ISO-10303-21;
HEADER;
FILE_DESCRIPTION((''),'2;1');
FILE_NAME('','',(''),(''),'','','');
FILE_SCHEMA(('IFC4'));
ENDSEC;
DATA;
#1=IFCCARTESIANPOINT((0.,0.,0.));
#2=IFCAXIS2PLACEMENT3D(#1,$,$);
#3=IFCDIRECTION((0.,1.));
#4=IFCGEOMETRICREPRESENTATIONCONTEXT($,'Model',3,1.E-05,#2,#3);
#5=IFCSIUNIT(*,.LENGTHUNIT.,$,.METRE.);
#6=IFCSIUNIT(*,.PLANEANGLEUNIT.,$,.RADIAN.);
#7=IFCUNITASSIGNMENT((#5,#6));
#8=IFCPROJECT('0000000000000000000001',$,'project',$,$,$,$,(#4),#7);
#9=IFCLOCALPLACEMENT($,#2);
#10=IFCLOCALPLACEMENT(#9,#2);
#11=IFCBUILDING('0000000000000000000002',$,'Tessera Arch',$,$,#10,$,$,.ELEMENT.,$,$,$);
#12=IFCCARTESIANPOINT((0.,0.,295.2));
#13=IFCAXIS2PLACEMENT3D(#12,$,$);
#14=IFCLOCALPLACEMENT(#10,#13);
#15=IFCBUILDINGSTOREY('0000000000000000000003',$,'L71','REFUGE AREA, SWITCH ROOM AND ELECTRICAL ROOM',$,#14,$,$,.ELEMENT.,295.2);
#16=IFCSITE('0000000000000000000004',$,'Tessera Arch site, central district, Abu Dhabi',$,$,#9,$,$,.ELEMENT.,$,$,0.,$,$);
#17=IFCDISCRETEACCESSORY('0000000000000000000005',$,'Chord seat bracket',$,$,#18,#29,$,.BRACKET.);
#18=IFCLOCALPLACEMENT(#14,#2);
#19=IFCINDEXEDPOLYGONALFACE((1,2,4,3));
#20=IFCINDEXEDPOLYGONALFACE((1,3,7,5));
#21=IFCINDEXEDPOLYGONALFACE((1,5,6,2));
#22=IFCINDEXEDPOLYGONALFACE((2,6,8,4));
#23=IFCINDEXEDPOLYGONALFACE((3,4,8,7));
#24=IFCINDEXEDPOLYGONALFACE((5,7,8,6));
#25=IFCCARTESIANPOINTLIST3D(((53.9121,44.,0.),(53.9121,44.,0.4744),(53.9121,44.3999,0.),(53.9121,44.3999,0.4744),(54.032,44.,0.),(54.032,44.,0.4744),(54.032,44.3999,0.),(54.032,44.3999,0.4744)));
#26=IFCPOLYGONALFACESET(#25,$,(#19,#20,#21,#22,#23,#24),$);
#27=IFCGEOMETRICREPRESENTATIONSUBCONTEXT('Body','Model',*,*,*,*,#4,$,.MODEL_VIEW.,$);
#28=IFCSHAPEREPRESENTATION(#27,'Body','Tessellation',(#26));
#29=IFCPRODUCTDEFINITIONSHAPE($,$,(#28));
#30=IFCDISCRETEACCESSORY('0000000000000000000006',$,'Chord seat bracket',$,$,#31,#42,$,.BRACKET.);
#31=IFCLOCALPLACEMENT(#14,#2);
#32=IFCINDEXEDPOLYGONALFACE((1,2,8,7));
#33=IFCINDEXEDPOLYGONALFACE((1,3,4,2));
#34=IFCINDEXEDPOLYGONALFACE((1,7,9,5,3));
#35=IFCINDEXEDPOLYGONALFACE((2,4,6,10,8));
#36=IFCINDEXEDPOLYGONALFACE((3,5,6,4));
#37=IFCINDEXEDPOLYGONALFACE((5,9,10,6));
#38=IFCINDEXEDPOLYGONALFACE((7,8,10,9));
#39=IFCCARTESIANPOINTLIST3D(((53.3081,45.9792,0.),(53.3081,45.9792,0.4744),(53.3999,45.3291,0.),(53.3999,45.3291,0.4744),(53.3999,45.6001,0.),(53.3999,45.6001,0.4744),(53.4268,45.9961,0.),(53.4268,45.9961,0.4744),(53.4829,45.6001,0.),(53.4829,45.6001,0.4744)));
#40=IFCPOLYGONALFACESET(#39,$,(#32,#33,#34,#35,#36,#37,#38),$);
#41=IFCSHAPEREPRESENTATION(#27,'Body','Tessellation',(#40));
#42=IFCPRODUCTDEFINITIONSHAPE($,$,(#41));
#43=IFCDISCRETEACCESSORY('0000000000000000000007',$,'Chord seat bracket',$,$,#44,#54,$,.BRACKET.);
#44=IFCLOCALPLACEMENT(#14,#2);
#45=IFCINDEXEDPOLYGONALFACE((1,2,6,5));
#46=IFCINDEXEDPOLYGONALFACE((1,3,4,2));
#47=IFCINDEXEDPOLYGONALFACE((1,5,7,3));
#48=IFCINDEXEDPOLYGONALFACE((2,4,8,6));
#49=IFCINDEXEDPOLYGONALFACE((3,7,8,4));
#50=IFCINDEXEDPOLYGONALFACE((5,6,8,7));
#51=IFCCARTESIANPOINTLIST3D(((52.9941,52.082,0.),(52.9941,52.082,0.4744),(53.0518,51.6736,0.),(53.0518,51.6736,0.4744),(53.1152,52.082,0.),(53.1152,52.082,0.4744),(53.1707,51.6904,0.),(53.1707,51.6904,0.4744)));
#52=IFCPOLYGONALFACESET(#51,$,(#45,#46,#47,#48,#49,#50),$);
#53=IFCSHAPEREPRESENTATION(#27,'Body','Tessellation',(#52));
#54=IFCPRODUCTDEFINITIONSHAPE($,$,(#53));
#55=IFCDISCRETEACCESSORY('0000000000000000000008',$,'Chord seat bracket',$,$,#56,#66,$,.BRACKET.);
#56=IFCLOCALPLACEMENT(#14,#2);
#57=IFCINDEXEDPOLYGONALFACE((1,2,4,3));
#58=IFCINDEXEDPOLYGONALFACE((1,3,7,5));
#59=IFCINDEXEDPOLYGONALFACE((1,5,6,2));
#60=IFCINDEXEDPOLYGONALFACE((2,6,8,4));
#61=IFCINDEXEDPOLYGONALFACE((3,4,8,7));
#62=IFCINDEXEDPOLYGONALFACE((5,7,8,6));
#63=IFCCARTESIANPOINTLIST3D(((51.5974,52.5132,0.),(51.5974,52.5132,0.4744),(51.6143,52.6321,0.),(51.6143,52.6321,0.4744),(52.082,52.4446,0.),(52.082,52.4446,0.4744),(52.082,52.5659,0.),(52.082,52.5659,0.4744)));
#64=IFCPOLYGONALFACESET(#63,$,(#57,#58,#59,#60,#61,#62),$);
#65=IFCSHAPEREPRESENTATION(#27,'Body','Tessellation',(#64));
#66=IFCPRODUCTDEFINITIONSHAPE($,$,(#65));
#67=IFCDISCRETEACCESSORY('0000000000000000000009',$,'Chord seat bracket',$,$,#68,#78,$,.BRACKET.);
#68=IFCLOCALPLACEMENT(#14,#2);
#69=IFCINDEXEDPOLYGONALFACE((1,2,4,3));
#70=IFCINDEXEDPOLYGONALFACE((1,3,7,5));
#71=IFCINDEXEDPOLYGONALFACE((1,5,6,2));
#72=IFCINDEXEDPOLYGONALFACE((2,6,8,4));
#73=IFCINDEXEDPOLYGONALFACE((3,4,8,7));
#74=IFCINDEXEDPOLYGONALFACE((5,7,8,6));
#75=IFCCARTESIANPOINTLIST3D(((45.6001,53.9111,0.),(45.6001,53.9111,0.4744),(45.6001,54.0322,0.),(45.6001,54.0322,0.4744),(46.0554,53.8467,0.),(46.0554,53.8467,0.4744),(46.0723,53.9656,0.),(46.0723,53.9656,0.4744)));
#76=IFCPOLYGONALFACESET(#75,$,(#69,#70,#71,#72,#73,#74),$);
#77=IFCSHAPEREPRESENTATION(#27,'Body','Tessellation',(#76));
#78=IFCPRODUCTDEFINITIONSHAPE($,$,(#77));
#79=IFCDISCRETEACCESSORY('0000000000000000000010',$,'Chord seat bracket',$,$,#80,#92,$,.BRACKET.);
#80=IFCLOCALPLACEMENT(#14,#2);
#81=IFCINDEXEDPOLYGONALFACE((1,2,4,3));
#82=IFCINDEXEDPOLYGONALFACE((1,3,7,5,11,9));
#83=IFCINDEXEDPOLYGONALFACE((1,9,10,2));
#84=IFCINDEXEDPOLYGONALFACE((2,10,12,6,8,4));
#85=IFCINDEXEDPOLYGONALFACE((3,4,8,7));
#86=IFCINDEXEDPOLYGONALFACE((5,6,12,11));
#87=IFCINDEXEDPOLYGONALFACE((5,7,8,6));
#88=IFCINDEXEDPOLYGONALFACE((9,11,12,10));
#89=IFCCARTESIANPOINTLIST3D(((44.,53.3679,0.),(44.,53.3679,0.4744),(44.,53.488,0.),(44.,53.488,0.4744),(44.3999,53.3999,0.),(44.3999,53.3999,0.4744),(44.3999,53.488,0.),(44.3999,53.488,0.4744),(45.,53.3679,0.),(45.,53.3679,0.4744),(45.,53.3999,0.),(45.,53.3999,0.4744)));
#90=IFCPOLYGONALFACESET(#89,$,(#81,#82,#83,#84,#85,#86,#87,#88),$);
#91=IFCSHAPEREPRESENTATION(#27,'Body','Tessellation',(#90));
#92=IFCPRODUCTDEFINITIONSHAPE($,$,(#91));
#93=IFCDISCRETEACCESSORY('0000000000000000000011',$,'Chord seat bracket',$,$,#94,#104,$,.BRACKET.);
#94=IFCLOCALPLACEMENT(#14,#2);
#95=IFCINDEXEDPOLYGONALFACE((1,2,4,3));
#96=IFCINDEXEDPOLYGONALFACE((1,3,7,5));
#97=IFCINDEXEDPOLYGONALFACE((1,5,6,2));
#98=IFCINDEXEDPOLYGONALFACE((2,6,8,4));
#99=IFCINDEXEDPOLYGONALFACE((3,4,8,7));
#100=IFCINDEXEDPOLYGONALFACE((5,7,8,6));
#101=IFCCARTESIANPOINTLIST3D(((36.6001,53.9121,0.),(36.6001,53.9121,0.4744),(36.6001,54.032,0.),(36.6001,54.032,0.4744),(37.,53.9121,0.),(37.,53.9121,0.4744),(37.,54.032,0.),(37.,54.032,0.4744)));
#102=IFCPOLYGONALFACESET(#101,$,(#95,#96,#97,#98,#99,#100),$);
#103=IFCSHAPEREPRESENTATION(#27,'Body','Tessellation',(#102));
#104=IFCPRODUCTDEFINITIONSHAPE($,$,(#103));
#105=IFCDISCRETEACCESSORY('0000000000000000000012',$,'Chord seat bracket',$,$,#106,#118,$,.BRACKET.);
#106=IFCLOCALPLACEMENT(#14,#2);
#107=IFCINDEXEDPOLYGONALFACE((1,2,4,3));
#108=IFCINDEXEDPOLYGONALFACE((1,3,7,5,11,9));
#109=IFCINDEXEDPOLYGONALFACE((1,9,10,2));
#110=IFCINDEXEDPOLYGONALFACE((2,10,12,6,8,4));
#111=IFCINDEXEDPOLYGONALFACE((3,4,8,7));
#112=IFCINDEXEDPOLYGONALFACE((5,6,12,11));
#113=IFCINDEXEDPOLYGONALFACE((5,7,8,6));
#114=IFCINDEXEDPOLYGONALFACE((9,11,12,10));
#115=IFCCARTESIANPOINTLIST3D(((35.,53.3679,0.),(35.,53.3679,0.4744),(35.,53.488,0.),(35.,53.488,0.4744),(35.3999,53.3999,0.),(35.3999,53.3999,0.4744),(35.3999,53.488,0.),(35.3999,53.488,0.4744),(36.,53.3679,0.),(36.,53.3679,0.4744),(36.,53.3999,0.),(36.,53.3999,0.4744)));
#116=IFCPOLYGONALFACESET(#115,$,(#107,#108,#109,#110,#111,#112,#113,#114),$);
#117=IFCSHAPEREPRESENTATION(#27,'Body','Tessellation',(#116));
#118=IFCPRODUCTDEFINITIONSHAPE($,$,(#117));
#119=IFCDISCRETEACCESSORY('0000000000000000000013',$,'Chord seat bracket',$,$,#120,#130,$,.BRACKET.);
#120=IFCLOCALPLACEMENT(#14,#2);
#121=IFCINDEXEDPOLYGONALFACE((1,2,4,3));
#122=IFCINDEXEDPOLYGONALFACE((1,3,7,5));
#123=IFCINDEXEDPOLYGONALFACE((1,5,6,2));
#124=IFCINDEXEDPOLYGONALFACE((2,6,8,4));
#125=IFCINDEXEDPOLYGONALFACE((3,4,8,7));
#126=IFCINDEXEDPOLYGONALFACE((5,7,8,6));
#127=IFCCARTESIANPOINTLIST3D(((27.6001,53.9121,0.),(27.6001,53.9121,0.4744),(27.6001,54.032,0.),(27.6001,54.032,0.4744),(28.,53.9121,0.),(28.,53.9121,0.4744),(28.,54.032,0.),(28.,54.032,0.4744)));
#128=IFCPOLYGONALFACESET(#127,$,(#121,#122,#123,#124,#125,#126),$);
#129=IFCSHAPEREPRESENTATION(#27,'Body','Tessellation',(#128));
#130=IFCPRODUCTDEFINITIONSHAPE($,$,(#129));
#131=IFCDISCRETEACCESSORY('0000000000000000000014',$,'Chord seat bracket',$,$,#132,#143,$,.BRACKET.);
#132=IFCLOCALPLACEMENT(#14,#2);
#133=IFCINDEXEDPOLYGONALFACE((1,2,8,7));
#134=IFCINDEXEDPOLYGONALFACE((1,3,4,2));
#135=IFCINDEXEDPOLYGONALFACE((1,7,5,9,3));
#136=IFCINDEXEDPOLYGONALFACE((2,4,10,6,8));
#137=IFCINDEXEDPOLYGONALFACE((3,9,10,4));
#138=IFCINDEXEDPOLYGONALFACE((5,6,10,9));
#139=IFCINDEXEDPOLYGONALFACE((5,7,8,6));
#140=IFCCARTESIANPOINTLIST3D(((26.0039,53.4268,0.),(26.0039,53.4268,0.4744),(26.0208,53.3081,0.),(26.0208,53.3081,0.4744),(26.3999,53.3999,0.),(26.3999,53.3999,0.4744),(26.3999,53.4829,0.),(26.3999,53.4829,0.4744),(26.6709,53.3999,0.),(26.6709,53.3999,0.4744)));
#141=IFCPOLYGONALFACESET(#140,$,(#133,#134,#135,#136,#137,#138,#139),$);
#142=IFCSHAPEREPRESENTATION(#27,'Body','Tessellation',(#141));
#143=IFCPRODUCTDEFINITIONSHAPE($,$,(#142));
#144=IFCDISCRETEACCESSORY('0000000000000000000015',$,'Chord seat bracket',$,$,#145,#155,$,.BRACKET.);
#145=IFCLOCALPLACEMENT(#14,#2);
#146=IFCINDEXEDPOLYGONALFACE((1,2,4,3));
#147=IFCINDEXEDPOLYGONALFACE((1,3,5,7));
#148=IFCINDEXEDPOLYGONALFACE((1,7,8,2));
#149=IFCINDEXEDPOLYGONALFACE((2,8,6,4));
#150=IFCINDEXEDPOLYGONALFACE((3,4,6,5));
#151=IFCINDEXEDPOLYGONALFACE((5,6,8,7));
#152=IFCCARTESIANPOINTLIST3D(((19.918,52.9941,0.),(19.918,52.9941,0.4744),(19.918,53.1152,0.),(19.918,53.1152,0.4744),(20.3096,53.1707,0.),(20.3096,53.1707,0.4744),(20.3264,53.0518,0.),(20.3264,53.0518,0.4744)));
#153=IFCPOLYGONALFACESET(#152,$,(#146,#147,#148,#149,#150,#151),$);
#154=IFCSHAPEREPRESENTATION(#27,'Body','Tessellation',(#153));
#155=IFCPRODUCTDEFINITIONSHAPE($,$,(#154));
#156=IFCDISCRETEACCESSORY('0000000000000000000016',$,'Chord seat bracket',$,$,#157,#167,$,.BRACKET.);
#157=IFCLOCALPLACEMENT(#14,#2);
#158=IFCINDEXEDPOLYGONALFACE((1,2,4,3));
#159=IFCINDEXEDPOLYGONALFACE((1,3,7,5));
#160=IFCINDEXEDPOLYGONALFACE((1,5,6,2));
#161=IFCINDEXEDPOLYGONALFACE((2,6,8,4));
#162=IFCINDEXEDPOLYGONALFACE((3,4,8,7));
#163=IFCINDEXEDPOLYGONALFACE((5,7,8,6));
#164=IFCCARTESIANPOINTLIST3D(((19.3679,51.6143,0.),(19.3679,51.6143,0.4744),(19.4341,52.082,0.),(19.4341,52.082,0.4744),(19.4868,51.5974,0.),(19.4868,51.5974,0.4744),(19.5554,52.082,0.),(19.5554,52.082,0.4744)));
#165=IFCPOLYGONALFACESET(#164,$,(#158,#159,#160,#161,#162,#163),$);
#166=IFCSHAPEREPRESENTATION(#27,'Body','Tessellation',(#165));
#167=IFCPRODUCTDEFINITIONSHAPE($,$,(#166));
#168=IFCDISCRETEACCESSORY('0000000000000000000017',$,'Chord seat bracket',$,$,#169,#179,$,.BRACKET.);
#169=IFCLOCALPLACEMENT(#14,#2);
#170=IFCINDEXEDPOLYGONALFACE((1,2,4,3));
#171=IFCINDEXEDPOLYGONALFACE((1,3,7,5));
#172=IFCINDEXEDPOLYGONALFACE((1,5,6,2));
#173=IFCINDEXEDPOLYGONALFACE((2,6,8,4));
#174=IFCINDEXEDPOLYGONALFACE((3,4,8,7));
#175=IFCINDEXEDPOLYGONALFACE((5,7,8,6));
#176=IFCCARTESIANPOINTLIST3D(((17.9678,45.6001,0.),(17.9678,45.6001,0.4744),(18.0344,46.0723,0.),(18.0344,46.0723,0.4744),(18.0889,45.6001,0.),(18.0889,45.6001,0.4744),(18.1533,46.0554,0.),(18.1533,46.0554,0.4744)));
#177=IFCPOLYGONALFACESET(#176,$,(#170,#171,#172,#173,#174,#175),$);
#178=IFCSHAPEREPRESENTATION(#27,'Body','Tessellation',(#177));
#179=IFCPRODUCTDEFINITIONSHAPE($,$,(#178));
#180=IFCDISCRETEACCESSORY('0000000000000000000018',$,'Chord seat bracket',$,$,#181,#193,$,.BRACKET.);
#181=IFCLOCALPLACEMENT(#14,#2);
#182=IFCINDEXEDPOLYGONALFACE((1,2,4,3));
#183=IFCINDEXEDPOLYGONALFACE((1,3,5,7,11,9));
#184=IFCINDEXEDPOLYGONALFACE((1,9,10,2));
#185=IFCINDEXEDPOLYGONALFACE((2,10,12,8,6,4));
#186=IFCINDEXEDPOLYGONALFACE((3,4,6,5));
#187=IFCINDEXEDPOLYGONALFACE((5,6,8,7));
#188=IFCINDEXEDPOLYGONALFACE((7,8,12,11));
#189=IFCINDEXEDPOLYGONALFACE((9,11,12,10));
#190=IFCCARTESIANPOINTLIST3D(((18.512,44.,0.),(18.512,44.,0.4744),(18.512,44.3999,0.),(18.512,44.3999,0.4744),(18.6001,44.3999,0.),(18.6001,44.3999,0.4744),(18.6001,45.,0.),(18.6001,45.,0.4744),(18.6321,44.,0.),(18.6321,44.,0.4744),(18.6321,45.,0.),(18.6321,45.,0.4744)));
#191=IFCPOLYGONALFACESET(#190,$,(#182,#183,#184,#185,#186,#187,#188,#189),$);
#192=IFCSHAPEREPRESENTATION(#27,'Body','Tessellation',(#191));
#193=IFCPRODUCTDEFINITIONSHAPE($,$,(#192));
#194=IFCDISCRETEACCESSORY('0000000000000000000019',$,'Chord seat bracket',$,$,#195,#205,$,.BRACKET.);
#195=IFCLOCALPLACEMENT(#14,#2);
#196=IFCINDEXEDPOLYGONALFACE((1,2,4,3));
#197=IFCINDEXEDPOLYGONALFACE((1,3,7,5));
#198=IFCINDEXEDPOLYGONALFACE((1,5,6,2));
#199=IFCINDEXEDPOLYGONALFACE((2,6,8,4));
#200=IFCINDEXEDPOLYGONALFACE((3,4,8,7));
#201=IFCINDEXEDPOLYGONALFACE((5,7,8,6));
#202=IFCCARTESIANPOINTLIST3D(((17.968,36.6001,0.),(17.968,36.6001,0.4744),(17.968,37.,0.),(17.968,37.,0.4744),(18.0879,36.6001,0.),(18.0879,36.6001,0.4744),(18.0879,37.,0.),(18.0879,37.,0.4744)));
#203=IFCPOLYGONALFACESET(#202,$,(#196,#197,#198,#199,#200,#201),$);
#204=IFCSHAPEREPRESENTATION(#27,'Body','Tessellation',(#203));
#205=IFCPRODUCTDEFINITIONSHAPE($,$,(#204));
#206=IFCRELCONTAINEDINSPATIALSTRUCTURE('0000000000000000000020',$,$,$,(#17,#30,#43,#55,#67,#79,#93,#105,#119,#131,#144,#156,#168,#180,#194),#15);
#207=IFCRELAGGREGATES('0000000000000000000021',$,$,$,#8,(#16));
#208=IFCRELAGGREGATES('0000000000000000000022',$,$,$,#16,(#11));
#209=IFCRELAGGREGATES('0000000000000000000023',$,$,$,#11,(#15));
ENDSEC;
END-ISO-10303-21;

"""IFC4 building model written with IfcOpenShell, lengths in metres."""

from ifc_helpers import new_model, si_unit, direction, frame, origin, place, context, subcontext, project, spatial, polyline, outline, extrude, element, save


model = new_model("IFC4")

# Units and contexts
model_context = context("Model", 3, precision=1e-05, world=origin(), true_north=direction((0.0, 1.0)))
body_context = subcontext(model_context, "Body", "Model", "MODEL_VIEW")
ifc_project = project(units=[si_unit("LENGTHUNIT", "METRE"), si_unit("PLANEANGLEUNIT", "RADIAN")], contexts=[model_context])

# Site, building, storey
site_placement = place(None, origin())
site = spatial("IfcSite", under=ifc_project, at=site_placement, Name="Tessera Arch site, central district, Abu Dhabi", CompositionType="ELEMENT", RefElevation=0.0)
building_placement = place(site_placement, origin())
building = spatial("IfcBuilding", under=site, at=building_placement, Name="Tessera Arch", CompositionType="ELEMENT")
storey_placement = place(building_placement, frame((0.0, 0.0, 295.2)))
storey = spatial("IfcBuildingStorey", under=building, at=storey_placement, Name="L71", Description="REFUGE AREA, SWITCH ROOM AND ELECTRICAL ROOM", CompositionType="ELEMENT", Elevation=295.2)

# Discrete accessories
discrete_accessory_1_placement = place(storey_placement, origin())
element("IfcDiscreteAccessory", 1, at=discrete_accessory_1_placement, inside=storey, Name="Chord seat bracket", PredefinedType="BRACKET", context=body_context, shape_type="SweptSolid", body=[
    extrude(outline(polyline([(53.9121, 44.0), (53.9121, 44.3999), (54.032, 44.3999), (54.032, 44.0), (53.9121, 44.0)])), origin(), (0.0, 0.0, 1.0), 0.4744),
])
discrete_accessory_2_placement = place(storey_placement, origin())
element("IfcDiscreteAccessory", 2, at=discrete_accessory_2_placement, inside=storey, Name="Chord seat bracket", PredefinedType="BRACKET", context=body_context, shape_type="SweptSolid", body=[
    extrude(outline(polyline([(53.4268, 45.9961), (53.4829, 45.6001), (53.3999, 45.6001), (53.3999, 45.3291), (53.3081, 45.9792), (53.4268, 45.9961)])), origin(), (0.0, 0.0, 1.0), 0.4744),
])
discrete_accessory_3_placement = place(storey_placement, origin())
element("IfcDiscreteAccessory", 3, at=discrete_accessory_3_placement, inside=storey, Name="Chord seat bracket", PredefinedType="BRACKET", context=body_context, shape_type="SweptSolid", body=[
    extrude(outline(polyline([(53.0518, 51.6736), (52.9941, 52.082), (53.1152, 52.082), (53.1707, 51.6904), (53.0518, 51.6736)])), origin(), (0.0, 0.0, 1.0), 0.4744),
])
discrete_accessory_4_placement = place(storey_placement, origin())
element("IfcDiscreteAccessory", 4, at=discrete_accessory_4_placement, inside=storey, Name="Chord seat bracket", PredefinedType="BRACKET", context=body_context, shape_type="SweptSolid", body=[
    extrude(outline(polyline([(51.6143, 52.6321), (52.082, 52.5659), (52.082, 52.4446), (51.5974, 52.5132), (51.6143, 52.6321)])), origin(), (0.0, 0.0, 1.0), 0.4744),
])
discrete_accessory_5_placement = place(storey_placement, origin())
element("IfcDiscreteAccessory", 5, at=discrete_accessory_5_placement, inside=storey, Name="Chord seat bracket", PredefinedType="BRACKET", context=body_context, shape_type="SweptSolid", body=[
    extrude(outline(polyline([(46.0554, 53.8467), (45.6001, 53.9111), (45.6001, 54.0322), (46.0723, 53.9656), (46.0554, 53.8467)])), origin(), (0.0, 0.0, 1.0), 0.4744),
])
discrete_accessory_6_placement = place(storey_placement, origin())
element("IfcDiscreteAccessory", 6, at=discrete_accessory_6_placement, inside=storey, Name="Chord seat bracket", PredefinedType="BRACKET", context=body_context, shape_type="SweptSolid", body=[
    extrude(outline(polyline([(45.0, 53.3679), (44.0, 53.3679), (44.0, 53.488), (44.3999, 53.488), (44.3999, 53.3999), (45.0, 53.3999), (45.0, 53.3679)])), origin(), (0.0, 0.0, 1.0), 0.4744),
])
discrete_accessory_7_placement = place(storey_placement, origin())
element("IfcDiscreteAccessory", 7, at=discrete_accessory_7_placement, inside=storey, Name="Chord seat bracket", PredefinedType="BRACKET", context=body_context, shape_type="SweptSolid", body=[
    extrude(outline(polyline([(36.6001, 53.9121), (36.6001, 54.032), (37.0, 54.032), (37.0, 53.9121), (36.6001, 53.9121)])), origin(), (0.0, 0.0, 1.0), 0.4744),
])
discrete_accessory_8_placement = place(storey_placement, origin())
element("IfcDiscreteAccessory", 8, at=discrete_accessory_8_placement, inside=storey, Name="Chord seat bracket", PredefinedType="BRACKET", context=body_context, shape_type="SweptSolid", body=[
    extrude(outline(polyline([(36.0, 53.3679), (35.0, 53.3679), (35.0, 53.488), (35.3999, 53.488), (35.3999, 53.3999), (36.0, 53.3999), (36.0, 53.3679)])), origin(), (0.0, 0.0, 1.0), 0.4744),
])
discrete_accessory_9_placement = place(storey_placement, origin())
element("IfcDiscreteAccessory", 9, at=discrete_accessory_9_placement, inside=storey, Name="Chord seat bracket", PredefinedType="BRACKET", context=body_context, shape_type="SweptSolid", body=[
    extrude(outline(polyline([(28.0, 53.9121), (27.6001, 53.9121), (27.6001, 54.032), (28.0, 54.032), (28.0, 53.9121)])), origin(), (0.0, 0.0, 1.0), 0.4744),
])
discrete_accessory_10_placement = place(storey_placement, origin())
element("IfcDiscreteAccessory", 10, at=discrete_accessory_10_placement, inside=storey, Name="Chord seat bracket", PredefinedType="BRACKET", context=body_context, shape_type="SweptSolid", body=[
    extrude(outline(polyline([(26.6709, 53.3999), (26.0208, 53.3081), (26.0039, 53.4268), (26.3999, 53.4829), (26.3999, 53.3999), (26.6709, 53.3999)])), origin(), (0.0, 0.0, 1.0), 0.4744),
])
discrete_accessory_11_placement = place(storey_placement, origin())
element("IfcDiscreteAccessory", 11, at=discrete_accessory_11_placement, inside=storey, Name="Chord seat bracket", PredefinedType="BRACKET", context=body_context, shape_type="SweptSolid", body=[
    extrude(outline(polyline([(20.3264, 53.0518), (19.918, 52.9941), (19.918, 53.1152), (20.3096, 53.1707), (20.3264, 53.0518)])), origin(), (0.0, 0.0, 1.0), 0.4744),
])
discrete_accessory_12_placement = place(storey_placement, origin())
element("IfcDiscreteAccessory", 12, at=discrete_accessory_12_placement, inside=storey, Name="Chord seat bracket", PredefinedType="BRACKET", context=body_context, shape_type="SweptSolid", body=[
    extrude(outline(polyline([(19.3679, 51.6143), (19.4341, 52.082), (19.5554, 52.082), (19.4868, 51.5974), (19.3679, 51.6143)])), origin(), (0.0, 0.0, 1.0), 0.4744),
])
discrete_accessory_13_placement = place(storey_placement, origin())
element("IfcDiscreteAccessory", 13, at=discrete_accessory_13_placement, inside=storey, Name="Chord seat bracket", PredefinedType="BRACKET", context=body_context, shape_type="SweptSolid", body=[
    extrude(outline(polyline([(18.1533, 46.0554), (18.0889, 45.6001), (17.9678, 45.6001), (18.0344, 46.0723), (18.1533, 46.0554)])), origin(), (0.0, 0.0, 1.0), 0.4744),
])
discrete_accessory_14_placement = place(storey_placement, origin())
element("IfcDiscreteAccessory", 14, at=discrete_accessory_14_placement, inside=storey, Name="Chord seat bracket", PredefinedType="BRACKET", context=body_context, shape_type="SweptSolid", body=[
    extrude(outline(polyline([(18.512, 44.0), (18.512, 44.3999), (18.6001, 44.3999), (18.6001, 45.0), (18.6321, 45.0), (18.6321, 44.0), (18.512, 44.0)])), origin(), (0.0, 0.0, 1.0), 0.4744),
])
discrete_accessory_15_placement = place(storey_placement, origin())
element("IfcDiscreteAccessory", 15, at=discrete_accessory_15_placement, inside=storey, Name="Chord seat bracket", PredefinedType="BRACKET", context=body_context, shape_type="SweptSolid", body=[
    extrude(outline(polyline([(18.0879, 36.6001), (17.968, 36.6001), (17.968, 37.0), (18.0879, 37.0), (18.0879, 36.6001)])), origin(), (0.0, 0.0, 1.0), 0.4744),
])

save(model, "model.ifc")
